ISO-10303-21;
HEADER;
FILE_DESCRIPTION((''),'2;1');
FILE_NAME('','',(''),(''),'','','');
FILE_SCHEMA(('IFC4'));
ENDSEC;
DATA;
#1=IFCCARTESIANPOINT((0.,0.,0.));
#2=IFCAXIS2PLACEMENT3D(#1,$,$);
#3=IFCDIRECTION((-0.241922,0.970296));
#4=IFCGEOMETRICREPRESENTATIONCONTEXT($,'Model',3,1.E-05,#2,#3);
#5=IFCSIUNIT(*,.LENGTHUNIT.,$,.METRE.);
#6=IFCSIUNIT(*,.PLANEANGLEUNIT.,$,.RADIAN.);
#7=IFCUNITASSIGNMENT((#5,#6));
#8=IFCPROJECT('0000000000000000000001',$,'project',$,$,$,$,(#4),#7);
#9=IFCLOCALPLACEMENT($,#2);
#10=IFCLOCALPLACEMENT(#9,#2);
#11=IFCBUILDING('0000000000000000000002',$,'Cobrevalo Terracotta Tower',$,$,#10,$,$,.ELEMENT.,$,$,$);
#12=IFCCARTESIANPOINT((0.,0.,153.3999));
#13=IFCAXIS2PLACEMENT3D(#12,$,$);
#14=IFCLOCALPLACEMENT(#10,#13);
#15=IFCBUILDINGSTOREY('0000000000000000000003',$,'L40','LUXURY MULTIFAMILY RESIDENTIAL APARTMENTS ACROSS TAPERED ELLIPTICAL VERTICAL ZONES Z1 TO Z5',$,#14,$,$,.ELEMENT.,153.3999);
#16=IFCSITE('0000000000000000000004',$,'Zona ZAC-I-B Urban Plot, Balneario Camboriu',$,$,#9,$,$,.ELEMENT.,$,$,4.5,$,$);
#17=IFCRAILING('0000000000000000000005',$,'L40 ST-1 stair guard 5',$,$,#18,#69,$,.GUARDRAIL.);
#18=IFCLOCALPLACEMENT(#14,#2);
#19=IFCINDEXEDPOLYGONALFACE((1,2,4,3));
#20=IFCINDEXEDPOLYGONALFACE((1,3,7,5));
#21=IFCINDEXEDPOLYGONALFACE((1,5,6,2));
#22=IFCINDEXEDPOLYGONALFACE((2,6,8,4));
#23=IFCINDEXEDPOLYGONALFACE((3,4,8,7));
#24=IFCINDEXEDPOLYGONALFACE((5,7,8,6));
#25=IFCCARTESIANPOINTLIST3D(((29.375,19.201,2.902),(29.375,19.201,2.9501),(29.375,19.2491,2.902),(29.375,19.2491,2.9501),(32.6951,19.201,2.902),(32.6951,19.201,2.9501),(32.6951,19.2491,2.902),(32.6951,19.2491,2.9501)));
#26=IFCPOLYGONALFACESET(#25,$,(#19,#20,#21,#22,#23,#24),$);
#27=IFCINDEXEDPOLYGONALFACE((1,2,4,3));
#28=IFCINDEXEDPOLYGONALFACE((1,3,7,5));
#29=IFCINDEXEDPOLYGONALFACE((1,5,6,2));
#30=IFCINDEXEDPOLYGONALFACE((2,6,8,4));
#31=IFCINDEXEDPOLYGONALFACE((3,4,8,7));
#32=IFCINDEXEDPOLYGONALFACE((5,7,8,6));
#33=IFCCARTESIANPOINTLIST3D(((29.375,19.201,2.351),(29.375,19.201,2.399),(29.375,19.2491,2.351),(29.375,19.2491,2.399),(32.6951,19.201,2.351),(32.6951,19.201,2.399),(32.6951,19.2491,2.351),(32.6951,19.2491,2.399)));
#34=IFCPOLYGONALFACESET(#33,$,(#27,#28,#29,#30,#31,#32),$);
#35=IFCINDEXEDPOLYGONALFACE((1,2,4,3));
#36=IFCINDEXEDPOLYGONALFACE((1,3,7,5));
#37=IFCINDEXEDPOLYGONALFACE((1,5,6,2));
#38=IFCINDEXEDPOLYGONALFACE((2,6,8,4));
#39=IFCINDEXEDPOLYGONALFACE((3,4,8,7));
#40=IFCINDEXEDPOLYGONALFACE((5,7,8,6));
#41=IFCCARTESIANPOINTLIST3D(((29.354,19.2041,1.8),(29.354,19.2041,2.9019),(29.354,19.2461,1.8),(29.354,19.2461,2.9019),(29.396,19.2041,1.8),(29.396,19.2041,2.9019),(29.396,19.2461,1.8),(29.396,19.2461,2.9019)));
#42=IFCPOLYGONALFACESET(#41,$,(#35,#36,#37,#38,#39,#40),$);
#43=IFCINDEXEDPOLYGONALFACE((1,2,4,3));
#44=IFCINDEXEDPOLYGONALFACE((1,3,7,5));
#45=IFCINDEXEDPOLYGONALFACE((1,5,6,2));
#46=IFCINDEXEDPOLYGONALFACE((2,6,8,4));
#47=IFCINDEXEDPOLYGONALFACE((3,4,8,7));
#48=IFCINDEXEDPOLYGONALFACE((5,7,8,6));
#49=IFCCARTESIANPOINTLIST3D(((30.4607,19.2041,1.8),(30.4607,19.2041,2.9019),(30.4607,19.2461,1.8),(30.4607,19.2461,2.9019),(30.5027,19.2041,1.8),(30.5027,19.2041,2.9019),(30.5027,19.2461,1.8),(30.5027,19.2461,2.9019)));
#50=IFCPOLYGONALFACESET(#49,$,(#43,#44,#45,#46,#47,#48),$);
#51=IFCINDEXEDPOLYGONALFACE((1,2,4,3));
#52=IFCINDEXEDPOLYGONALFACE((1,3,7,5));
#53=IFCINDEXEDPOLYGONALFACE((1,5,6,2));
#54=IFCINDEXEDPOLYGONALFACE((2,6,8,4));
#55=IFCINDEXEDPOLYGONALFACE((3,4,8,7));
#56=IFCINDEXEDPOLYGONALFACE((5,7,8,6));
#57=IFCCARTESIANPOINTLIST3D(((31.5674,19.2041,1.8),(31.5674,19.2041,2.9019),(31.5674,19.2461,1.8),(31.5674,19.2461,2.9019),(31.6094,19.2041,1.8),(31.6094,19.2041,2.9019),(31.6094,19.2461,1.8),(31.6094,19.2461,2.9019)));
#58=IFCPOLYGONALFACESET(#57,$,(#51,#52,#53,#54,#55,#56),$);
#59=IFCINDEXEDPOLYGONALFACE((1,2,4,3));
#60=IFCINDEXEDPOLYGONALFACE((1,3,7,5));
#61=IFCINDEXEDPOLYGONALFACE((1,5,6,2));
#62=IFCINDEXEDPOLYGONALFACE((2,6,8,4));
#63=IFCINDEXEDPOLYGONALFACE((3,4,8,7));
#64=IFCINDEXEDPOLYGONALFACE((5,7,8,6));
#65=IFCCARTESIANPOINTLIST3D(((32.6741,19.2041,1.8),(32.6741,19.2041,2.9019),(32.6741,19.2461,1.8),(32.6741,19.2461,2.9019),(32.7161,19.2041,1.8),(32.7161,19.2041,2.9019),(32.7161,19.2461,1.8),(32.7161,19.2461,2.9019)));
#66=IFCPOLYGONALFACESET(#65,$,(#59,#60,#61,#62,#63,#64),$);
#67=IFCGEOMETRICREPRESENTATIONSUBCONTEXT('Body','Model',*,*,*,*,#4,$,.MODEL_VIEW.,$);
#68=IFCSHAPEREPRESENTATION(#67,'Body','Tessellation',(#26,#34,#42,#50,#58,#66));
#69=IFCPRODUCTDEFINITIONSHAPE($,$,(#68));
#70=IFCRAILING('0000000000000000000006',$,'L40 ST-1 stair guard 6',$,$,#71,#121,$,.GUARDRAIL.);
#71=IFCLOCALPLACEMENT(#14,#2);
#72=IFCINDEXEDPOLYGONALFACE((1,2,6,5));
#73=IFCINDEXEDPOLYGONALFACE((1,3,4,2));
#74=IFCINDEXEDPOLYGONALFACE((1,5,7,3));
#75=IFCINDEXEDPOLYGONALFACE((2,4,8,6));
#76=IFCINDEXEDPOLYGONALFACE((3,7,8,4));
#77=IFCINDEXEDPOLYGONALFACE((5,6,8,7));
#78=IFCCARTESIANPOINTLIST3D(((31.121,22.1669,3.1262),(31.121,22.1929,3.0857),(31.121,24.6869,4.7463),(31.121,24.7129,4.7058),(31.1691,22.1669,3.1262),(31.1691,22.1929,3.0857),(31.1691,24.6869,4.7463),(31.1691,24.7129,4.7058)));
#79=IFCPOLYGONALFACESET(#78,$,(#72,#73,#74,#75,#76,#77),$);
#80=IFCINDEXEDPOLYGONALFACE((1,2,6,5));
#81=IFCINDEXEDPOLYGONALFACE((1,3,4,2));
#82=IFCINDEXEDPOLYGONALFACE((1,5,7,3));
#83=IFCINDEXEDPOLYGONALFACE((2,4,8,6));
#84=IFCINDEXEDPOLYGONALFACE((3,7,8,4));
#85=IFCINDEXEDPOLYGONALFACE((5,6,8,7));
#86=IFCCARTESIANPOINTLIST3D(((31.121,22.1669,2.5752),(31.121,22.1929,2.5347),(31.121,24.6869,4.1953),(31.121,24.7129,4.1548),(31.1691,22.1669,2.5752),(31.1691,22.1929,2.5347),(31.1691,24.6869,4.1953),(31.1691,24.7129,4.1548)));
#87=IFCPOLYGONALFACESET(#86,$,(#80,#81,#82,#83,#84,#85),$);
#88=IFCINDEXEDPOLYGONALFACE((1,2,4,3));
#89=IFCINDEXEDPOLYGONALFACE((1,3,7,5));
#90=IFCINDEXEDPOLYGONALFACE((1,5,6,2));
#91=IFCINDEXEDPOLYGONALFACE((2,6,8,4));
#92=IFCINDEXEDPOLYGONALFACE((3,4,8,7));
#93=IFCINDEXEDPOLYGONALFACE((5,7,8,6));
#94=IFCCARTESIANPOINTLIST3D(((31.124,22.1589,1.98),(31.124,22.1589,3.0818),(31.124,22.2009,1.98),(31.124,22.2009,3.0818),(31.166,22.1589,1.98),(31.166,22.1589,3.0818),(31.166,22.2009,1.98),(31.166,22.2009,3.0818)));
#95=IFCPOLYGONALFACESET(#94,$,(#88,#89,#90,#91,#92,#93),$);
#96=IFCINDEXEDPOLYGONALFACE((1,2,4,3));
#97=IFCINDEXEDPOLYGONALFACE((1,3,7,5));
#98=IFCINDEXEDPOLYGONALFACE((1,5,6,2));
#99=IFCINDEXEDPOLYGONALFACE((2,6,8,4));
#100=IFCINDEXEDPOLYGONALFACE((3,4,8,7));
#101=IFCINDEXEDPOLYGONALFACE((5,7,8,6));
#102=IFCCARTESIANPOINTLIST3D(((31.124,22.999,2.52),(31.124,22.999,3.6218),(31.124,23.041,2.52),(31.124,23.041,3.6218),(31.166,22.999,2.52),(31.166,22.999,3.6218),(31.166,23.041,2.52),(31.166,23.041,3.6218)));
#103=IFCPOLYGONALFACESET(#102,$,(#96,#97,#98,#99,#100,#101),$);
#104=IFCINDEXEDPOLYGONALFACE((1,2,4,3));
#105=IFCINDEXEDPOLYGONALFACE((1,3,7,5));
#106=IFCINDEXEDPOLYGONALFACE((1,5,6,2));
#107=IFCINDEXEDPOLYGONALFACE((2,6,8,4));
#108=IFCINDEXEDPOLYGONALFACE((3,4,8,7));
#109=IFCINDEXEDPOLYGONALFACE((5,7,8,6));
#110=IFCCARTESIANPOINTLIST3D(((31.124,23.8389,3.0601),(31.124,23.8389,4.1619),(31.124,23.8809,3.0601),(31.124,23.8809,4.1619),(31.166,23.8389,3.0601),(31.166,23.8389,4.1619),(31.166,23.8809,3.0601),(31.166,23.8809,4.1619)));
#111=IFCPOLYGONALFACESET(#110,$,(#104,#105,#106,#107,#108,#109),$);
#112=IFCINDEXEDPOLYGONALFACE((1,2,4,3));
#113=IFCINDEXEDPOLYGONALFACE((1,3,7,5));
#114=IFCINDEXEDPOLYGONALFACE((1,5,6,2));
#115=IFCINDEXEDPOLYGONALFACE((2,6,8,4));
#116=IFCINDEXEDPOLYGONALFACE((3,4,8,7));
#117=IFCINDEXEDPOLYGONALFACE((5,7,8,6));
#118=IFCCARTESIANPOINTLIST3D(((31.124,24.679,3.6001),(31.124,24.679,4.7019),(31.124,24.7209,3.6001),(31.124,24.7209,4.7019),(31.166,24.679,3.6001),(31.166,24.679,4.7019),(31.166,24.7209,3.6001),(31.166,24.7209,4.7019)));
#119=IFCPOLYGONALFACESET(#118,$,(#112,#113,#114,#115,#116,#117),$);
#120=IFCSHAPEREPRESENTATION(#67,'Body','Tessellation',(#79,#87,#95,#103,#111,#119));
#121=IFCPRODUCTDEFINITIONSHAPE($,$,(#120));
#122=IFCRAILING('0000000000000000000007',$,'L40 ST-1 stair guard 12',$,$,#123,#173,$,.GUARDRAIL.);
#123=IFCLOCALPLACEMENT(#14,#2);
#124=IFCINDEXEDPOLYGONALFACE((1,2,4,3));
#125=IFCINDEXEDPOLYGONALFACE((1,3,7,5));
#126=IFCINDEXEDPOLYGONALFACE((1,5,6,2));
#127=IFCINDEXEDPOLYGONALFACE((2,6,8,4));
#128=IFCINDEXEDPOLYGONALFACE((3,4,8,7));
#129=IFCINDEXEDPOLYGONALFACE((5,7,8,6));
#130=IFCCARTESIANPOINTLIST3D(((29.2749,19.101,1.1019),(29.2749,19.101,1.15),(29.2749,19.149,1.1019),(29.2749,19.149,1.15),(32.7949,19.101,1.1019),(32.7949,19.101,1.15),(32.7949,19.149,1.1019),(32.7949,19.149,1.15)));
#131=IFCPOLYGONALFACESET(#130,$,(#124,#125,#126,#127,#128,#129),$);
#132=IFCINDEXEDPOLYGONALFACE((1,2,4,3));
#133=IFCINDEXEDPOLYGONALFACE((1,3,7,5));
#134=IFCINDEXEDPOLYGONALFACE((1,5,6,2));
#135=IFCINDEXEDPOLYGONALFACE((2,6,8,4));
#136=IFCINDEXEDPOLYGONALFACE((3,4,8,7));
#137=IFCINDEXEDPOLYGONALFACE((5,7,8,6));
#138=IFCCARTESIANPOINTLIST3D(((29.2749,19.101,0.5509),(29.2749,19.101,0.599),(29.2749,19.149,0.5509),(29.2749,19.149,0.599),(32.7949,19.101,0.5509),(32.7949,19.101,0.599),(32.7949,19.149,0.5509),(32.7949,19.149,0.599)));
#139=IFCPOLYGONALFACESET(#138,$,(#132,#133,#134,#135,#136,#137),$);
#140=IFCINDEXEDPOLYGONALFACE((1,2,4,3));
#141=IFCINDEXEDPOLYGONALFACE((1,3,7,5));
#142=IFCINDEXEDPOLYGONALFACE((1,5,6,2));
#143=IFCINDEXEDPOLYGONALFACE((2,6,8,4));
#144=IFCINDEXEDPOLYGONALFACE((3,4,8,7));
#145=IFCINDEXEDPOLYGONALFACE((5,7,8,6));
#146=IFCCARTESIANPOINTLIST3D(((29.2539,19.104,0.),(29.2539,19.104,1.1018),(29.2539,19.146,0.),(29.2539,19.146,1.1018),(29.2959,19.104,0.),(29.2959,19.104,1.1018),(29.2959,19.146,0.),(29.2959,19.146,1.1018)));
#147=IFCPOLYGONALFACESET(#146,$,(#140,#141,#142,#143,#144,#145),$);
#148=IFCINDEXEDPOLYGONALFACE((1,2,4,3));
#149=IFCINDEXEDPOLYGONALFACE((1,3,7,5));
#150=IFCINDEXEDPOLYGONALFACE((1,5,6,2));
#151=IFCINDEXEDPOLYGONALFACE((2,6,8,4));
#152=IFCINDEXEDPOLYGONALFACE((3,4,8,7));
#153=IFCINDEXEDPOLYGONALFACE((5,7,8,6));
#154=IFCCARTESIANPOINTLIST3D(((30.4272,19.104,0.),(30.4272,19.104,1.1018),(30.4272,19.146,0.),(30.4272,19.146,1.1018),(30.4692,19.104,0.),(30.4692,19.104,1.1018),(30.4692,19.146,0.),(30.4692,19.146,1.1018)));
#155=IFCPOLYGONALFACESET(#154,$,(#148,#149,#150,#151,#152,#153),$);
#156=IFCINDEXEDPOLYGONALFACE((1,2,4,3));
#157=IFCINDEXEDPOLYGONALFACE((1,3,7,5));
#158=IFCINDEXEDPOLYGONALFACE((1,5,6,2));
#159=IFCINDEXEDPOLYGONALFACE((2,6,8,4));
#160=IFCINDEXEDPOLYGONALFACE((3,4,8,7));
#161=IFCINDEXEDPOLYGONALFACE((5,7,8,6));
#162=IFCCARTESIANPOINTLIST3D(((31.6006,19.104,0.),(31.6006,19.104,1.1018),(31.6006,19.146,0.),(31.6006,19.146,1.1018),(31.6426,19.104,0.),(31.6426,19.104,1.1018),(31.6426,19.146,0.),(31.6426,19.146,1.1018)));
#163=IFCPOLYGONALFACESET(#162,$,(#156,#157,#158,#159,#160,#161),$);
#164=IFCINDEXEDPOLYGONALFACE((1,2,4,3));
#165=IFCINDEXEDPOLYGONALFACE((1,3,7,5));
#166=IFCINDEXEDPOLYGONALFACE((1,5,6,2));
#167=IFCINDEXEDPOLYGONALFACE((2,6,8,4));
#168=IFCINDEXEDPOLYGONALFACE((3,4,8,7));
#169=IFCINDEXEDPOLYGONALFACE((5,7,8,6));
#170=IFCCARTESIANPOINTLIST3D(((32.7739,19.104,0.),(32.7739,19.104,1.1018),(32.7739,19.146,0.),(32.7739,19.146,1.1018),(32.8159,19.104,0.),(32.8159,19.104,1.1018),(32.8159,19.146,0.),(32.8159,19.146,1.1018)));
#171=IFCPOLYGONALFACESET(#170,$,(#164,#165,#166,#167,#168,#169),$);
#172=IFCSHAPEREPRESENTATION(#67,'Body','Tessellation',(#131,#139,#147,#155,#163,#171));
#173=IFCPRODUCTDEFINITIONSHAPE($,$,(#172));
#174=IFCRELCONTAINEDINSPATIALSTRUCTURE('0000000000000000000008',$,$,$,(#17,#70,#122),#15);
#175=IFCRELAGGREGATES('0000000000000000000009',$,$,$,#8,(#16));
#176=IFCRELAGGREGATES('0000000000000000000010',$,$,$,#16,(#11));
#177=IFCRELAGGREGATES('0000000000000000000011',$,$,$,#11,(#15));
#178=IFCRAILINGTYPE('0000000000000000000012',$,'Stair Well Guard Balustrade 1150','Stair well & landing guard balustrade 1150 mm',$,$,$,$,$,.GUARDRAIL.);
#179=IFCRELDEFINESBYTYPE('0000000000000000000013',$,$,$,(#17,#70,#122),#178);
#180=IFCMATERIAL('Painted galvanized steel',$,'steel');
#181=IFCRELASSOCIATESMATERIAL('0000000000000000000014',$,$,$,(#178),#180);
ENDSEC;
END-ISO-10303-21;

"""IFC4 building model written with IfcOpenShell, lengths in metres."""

from ifc_helpers import new_model, si_unit, direction, frame, origin, origin_2d, place, context, subcontext, project, spatial, rectangle, extrude, material, type_object, element, save


model = new_model("IFC4")

# Units and contexts
model_context = context("Model", 3, precision=1e-05, world=origin(), true_north=direction((-0.241922, 0.970296)))
body_context = subcontext(model_context, "Body", "Model", "MODEL_VIEW")
ifc_project = project(units=[si_unit("LENGTHUNIT", "METRE"), si_unit("PLANEANGLEUNIT", "RADIAN")], contexts=[model_context])

# Site, building, storey
site_placement = place(None, origin())
site = spatial("IfcSite", under=ifc_project, at=site_placement, Name="Zona ZAC-I-B Urban Plot, Balneario Camboriu", CompositionType="ELEMENT", RefElevation=4.5)
building_placement = place(site_placement, origin())
building = spatial("IfcBuilding", under=site, at=building_placement, Name="Cobrevalo Terracotta Tower", CompositionType="ELEMENT")
storey_placement = place(building_placement, frame((0.0, 0.0, 153.3999)))
storey = spatial("IfcBuildingStorey", under=building, at=storey_placement, Name="L40", Description="LUXURY MULTIFAMILY RESIDENTIAL APARTMENTS ACROSS TAPERED ELLIPTICAL VERTICAL ZONES Z1 TO Z5", CompositionType="ELEMENT", Elevation=153.3999)

# Railings
ifc_material_1 = material(Name="Painted galvanized steel", Category="steel")
railing_type_1 = type_object("IfcRailingType", Name="Stair Well Guard Balustrade 1150", Description="Stair well & landing guard balustrade 1150 mm", PredefinedType="GUARDRAIL", material=ifc_material_1)
railing_1_placement = place(storey_placement, frame((29.375, 19.2251, 1.8)))
element("IfcRailing", 1, at=railing_1_placement, inside=storey, type_object=railing_type_1, Name="L40 ST-1 stair guard 5", PredefinedType="GUARDRAIL", context=body_context, shape_type="SweptSolid", body=[
    extrude(rectangle(XDim=0.0481, YDim=0.0481, at=origin_2d()), frame((0.0, 0.0, 1.126), z_axis=(1.0, 0.0, 0.0), x_axis=(0.0, 1.0, 0.0)), (0.0, 0.0, 1.0), 3.3201),
    extrude(rectangle(XDim=0.0481, YDim=0.0481, at=origin_2d()), frame((0.0, 0.0, 0.575), z_axis=(1.0, 0.0, 0.0), x_axis=(0.0, 1.0, 0.0)), (0.0, 0.0, 1.0), 3.3201),
    extrude(rectangle(XDim=0.042, YDim=0.042, at=origin_2d()), origin(), (0.0, 0.0, 1.0), 1.1018),
    extrude(rectangle(XDim=0.042, YDim=0.042, at=origin_2d()), frame((1.1067, 0.0, 0.0)), (0.0, 0.0, 1.0), 1.1018),
    extrude(rectangle(XDim=0.042, YDim=0.042, at=origin_2d()), frame((2.2134, 0.0, 0.0)), (0.0, 0.0, 1.0), 1.1018),
    extrude(rectangle(XDim=0.042, YDim=0.042, at=origin_2d()), frame((3.3201, 0.0, 0.0)), (0.0, 0.0, 1.0), 1.1018),
])
railing_2_placement = place(storey_placement, frame((31.145, 22.1799, 1.98)))
element("IfcRailing", 2, at=railing_2_placement, inside=storey, type_object=railing_type_1, Name="L40 ST-1 stair guard 6", PredefinedType="GUARDRAIL", context=body_context, shape_type="SweptSolid", body=[
    extrude(rectangle(XDim=0.0481, YDim=0.0481, at=origin_2d()), frame((0.0, 0.0, 1.126), z_axis=(0.0, 0.841163, 0.540782), x_axis=(-1.0, 0.0, 0.0)), (0.0, 0.0, 1.0), 2.9958),
    extrude(rectangle(XDim=0.0481, YDim=0.0481, at=origin_2d()), frame((0.0, 0.0, 0.575), z_axis=(0.0, 0.841163, 0.540782), x_axis=(-1.0, 0.0, 0.0)), (0.0, 0.0, 1.0), 2.9958),
    extrude(rectangle(XDim=0.042, YDim=0.042, at=origin_2d()), origin(), (0.0, 0.0, 1.0), 1.1018),
    extrude(rectangle(XDim=0.042, YDim=0.042, at=origin_2d()), frame((0.0, 0.8401, 0.54)), (0.0, 0.0, 1.0), 1.1018),
    extrude(rectangle(XDim=0.042, YDim=0.042, at=origin_2d()), frame((0.0, 1.6799, 1.0801)), (0.0, 0.0, 1.0), 1.1018),
    extrude(rectangle(XDim=0.042, YDim=0.042, at=origin_2d()), frame((0.0, 2.52, 1.6201)), (0.0, 0.0, 1.0), 1.1018),
])
railing_3_placement = place(storey_placement, frame((29.2749, 19.125, 0.0)))
element("IfcRailing", 3, at=railing_3_placement, inside=storey, type_object=railing_type_1, Name="L40 ST-1 stair guard 12", PredefinedType="GUARDRAIL", context=body_context, shape_type="SweptSolid", body=[
    extrude(rectangle(XDim=0.0481, YDim=0.0481, at=origin_2d()), frame((0.0, 0.0, 1.126), z_axis=(1.0, 0.0, 0.0), x_axis=(0.0, 1.0, 0.0)), (0.0, 0.0, 1.0), 3.52),
    extrude(rectangle(XDim=0.0481, YDim=0.0481, at=origin_2d()), frame((0.0, 0.0, 0.575), z_axis=(1.0, 0.0, 0.0), x_axis=(0.0, 1.0, 0.0)), (0.0, 0.0, 1.0), 3.52),
    extrude(rectangle(XDim=0.042, YDim=0.042, at=origin_2d()), origin(), (0.0, 0.0, 1.0), 1.1018),
    extrude(rectangle(XDim=0.042, YDim=0.042, at=origin_2d()), frame((1.1733, 0.0, 0.0)), (0.0, 0.0, 1.0), 1.1018),
    extrude(rectangle(XDim=0.042, YDim=0.042, at=origin_2d()), frame((2.3467, 0.0, 0.0)), (0.0, 0.0, 1.0), 1.1018),
    extrude(rectangle(XDim=0.042, YDim=0.042, at=origin_2d()), frame((3.52, 0.0, 0.0)), (0.0, 0.0, 1.0), 1.1018),
])

save(model, "model.ifc")
